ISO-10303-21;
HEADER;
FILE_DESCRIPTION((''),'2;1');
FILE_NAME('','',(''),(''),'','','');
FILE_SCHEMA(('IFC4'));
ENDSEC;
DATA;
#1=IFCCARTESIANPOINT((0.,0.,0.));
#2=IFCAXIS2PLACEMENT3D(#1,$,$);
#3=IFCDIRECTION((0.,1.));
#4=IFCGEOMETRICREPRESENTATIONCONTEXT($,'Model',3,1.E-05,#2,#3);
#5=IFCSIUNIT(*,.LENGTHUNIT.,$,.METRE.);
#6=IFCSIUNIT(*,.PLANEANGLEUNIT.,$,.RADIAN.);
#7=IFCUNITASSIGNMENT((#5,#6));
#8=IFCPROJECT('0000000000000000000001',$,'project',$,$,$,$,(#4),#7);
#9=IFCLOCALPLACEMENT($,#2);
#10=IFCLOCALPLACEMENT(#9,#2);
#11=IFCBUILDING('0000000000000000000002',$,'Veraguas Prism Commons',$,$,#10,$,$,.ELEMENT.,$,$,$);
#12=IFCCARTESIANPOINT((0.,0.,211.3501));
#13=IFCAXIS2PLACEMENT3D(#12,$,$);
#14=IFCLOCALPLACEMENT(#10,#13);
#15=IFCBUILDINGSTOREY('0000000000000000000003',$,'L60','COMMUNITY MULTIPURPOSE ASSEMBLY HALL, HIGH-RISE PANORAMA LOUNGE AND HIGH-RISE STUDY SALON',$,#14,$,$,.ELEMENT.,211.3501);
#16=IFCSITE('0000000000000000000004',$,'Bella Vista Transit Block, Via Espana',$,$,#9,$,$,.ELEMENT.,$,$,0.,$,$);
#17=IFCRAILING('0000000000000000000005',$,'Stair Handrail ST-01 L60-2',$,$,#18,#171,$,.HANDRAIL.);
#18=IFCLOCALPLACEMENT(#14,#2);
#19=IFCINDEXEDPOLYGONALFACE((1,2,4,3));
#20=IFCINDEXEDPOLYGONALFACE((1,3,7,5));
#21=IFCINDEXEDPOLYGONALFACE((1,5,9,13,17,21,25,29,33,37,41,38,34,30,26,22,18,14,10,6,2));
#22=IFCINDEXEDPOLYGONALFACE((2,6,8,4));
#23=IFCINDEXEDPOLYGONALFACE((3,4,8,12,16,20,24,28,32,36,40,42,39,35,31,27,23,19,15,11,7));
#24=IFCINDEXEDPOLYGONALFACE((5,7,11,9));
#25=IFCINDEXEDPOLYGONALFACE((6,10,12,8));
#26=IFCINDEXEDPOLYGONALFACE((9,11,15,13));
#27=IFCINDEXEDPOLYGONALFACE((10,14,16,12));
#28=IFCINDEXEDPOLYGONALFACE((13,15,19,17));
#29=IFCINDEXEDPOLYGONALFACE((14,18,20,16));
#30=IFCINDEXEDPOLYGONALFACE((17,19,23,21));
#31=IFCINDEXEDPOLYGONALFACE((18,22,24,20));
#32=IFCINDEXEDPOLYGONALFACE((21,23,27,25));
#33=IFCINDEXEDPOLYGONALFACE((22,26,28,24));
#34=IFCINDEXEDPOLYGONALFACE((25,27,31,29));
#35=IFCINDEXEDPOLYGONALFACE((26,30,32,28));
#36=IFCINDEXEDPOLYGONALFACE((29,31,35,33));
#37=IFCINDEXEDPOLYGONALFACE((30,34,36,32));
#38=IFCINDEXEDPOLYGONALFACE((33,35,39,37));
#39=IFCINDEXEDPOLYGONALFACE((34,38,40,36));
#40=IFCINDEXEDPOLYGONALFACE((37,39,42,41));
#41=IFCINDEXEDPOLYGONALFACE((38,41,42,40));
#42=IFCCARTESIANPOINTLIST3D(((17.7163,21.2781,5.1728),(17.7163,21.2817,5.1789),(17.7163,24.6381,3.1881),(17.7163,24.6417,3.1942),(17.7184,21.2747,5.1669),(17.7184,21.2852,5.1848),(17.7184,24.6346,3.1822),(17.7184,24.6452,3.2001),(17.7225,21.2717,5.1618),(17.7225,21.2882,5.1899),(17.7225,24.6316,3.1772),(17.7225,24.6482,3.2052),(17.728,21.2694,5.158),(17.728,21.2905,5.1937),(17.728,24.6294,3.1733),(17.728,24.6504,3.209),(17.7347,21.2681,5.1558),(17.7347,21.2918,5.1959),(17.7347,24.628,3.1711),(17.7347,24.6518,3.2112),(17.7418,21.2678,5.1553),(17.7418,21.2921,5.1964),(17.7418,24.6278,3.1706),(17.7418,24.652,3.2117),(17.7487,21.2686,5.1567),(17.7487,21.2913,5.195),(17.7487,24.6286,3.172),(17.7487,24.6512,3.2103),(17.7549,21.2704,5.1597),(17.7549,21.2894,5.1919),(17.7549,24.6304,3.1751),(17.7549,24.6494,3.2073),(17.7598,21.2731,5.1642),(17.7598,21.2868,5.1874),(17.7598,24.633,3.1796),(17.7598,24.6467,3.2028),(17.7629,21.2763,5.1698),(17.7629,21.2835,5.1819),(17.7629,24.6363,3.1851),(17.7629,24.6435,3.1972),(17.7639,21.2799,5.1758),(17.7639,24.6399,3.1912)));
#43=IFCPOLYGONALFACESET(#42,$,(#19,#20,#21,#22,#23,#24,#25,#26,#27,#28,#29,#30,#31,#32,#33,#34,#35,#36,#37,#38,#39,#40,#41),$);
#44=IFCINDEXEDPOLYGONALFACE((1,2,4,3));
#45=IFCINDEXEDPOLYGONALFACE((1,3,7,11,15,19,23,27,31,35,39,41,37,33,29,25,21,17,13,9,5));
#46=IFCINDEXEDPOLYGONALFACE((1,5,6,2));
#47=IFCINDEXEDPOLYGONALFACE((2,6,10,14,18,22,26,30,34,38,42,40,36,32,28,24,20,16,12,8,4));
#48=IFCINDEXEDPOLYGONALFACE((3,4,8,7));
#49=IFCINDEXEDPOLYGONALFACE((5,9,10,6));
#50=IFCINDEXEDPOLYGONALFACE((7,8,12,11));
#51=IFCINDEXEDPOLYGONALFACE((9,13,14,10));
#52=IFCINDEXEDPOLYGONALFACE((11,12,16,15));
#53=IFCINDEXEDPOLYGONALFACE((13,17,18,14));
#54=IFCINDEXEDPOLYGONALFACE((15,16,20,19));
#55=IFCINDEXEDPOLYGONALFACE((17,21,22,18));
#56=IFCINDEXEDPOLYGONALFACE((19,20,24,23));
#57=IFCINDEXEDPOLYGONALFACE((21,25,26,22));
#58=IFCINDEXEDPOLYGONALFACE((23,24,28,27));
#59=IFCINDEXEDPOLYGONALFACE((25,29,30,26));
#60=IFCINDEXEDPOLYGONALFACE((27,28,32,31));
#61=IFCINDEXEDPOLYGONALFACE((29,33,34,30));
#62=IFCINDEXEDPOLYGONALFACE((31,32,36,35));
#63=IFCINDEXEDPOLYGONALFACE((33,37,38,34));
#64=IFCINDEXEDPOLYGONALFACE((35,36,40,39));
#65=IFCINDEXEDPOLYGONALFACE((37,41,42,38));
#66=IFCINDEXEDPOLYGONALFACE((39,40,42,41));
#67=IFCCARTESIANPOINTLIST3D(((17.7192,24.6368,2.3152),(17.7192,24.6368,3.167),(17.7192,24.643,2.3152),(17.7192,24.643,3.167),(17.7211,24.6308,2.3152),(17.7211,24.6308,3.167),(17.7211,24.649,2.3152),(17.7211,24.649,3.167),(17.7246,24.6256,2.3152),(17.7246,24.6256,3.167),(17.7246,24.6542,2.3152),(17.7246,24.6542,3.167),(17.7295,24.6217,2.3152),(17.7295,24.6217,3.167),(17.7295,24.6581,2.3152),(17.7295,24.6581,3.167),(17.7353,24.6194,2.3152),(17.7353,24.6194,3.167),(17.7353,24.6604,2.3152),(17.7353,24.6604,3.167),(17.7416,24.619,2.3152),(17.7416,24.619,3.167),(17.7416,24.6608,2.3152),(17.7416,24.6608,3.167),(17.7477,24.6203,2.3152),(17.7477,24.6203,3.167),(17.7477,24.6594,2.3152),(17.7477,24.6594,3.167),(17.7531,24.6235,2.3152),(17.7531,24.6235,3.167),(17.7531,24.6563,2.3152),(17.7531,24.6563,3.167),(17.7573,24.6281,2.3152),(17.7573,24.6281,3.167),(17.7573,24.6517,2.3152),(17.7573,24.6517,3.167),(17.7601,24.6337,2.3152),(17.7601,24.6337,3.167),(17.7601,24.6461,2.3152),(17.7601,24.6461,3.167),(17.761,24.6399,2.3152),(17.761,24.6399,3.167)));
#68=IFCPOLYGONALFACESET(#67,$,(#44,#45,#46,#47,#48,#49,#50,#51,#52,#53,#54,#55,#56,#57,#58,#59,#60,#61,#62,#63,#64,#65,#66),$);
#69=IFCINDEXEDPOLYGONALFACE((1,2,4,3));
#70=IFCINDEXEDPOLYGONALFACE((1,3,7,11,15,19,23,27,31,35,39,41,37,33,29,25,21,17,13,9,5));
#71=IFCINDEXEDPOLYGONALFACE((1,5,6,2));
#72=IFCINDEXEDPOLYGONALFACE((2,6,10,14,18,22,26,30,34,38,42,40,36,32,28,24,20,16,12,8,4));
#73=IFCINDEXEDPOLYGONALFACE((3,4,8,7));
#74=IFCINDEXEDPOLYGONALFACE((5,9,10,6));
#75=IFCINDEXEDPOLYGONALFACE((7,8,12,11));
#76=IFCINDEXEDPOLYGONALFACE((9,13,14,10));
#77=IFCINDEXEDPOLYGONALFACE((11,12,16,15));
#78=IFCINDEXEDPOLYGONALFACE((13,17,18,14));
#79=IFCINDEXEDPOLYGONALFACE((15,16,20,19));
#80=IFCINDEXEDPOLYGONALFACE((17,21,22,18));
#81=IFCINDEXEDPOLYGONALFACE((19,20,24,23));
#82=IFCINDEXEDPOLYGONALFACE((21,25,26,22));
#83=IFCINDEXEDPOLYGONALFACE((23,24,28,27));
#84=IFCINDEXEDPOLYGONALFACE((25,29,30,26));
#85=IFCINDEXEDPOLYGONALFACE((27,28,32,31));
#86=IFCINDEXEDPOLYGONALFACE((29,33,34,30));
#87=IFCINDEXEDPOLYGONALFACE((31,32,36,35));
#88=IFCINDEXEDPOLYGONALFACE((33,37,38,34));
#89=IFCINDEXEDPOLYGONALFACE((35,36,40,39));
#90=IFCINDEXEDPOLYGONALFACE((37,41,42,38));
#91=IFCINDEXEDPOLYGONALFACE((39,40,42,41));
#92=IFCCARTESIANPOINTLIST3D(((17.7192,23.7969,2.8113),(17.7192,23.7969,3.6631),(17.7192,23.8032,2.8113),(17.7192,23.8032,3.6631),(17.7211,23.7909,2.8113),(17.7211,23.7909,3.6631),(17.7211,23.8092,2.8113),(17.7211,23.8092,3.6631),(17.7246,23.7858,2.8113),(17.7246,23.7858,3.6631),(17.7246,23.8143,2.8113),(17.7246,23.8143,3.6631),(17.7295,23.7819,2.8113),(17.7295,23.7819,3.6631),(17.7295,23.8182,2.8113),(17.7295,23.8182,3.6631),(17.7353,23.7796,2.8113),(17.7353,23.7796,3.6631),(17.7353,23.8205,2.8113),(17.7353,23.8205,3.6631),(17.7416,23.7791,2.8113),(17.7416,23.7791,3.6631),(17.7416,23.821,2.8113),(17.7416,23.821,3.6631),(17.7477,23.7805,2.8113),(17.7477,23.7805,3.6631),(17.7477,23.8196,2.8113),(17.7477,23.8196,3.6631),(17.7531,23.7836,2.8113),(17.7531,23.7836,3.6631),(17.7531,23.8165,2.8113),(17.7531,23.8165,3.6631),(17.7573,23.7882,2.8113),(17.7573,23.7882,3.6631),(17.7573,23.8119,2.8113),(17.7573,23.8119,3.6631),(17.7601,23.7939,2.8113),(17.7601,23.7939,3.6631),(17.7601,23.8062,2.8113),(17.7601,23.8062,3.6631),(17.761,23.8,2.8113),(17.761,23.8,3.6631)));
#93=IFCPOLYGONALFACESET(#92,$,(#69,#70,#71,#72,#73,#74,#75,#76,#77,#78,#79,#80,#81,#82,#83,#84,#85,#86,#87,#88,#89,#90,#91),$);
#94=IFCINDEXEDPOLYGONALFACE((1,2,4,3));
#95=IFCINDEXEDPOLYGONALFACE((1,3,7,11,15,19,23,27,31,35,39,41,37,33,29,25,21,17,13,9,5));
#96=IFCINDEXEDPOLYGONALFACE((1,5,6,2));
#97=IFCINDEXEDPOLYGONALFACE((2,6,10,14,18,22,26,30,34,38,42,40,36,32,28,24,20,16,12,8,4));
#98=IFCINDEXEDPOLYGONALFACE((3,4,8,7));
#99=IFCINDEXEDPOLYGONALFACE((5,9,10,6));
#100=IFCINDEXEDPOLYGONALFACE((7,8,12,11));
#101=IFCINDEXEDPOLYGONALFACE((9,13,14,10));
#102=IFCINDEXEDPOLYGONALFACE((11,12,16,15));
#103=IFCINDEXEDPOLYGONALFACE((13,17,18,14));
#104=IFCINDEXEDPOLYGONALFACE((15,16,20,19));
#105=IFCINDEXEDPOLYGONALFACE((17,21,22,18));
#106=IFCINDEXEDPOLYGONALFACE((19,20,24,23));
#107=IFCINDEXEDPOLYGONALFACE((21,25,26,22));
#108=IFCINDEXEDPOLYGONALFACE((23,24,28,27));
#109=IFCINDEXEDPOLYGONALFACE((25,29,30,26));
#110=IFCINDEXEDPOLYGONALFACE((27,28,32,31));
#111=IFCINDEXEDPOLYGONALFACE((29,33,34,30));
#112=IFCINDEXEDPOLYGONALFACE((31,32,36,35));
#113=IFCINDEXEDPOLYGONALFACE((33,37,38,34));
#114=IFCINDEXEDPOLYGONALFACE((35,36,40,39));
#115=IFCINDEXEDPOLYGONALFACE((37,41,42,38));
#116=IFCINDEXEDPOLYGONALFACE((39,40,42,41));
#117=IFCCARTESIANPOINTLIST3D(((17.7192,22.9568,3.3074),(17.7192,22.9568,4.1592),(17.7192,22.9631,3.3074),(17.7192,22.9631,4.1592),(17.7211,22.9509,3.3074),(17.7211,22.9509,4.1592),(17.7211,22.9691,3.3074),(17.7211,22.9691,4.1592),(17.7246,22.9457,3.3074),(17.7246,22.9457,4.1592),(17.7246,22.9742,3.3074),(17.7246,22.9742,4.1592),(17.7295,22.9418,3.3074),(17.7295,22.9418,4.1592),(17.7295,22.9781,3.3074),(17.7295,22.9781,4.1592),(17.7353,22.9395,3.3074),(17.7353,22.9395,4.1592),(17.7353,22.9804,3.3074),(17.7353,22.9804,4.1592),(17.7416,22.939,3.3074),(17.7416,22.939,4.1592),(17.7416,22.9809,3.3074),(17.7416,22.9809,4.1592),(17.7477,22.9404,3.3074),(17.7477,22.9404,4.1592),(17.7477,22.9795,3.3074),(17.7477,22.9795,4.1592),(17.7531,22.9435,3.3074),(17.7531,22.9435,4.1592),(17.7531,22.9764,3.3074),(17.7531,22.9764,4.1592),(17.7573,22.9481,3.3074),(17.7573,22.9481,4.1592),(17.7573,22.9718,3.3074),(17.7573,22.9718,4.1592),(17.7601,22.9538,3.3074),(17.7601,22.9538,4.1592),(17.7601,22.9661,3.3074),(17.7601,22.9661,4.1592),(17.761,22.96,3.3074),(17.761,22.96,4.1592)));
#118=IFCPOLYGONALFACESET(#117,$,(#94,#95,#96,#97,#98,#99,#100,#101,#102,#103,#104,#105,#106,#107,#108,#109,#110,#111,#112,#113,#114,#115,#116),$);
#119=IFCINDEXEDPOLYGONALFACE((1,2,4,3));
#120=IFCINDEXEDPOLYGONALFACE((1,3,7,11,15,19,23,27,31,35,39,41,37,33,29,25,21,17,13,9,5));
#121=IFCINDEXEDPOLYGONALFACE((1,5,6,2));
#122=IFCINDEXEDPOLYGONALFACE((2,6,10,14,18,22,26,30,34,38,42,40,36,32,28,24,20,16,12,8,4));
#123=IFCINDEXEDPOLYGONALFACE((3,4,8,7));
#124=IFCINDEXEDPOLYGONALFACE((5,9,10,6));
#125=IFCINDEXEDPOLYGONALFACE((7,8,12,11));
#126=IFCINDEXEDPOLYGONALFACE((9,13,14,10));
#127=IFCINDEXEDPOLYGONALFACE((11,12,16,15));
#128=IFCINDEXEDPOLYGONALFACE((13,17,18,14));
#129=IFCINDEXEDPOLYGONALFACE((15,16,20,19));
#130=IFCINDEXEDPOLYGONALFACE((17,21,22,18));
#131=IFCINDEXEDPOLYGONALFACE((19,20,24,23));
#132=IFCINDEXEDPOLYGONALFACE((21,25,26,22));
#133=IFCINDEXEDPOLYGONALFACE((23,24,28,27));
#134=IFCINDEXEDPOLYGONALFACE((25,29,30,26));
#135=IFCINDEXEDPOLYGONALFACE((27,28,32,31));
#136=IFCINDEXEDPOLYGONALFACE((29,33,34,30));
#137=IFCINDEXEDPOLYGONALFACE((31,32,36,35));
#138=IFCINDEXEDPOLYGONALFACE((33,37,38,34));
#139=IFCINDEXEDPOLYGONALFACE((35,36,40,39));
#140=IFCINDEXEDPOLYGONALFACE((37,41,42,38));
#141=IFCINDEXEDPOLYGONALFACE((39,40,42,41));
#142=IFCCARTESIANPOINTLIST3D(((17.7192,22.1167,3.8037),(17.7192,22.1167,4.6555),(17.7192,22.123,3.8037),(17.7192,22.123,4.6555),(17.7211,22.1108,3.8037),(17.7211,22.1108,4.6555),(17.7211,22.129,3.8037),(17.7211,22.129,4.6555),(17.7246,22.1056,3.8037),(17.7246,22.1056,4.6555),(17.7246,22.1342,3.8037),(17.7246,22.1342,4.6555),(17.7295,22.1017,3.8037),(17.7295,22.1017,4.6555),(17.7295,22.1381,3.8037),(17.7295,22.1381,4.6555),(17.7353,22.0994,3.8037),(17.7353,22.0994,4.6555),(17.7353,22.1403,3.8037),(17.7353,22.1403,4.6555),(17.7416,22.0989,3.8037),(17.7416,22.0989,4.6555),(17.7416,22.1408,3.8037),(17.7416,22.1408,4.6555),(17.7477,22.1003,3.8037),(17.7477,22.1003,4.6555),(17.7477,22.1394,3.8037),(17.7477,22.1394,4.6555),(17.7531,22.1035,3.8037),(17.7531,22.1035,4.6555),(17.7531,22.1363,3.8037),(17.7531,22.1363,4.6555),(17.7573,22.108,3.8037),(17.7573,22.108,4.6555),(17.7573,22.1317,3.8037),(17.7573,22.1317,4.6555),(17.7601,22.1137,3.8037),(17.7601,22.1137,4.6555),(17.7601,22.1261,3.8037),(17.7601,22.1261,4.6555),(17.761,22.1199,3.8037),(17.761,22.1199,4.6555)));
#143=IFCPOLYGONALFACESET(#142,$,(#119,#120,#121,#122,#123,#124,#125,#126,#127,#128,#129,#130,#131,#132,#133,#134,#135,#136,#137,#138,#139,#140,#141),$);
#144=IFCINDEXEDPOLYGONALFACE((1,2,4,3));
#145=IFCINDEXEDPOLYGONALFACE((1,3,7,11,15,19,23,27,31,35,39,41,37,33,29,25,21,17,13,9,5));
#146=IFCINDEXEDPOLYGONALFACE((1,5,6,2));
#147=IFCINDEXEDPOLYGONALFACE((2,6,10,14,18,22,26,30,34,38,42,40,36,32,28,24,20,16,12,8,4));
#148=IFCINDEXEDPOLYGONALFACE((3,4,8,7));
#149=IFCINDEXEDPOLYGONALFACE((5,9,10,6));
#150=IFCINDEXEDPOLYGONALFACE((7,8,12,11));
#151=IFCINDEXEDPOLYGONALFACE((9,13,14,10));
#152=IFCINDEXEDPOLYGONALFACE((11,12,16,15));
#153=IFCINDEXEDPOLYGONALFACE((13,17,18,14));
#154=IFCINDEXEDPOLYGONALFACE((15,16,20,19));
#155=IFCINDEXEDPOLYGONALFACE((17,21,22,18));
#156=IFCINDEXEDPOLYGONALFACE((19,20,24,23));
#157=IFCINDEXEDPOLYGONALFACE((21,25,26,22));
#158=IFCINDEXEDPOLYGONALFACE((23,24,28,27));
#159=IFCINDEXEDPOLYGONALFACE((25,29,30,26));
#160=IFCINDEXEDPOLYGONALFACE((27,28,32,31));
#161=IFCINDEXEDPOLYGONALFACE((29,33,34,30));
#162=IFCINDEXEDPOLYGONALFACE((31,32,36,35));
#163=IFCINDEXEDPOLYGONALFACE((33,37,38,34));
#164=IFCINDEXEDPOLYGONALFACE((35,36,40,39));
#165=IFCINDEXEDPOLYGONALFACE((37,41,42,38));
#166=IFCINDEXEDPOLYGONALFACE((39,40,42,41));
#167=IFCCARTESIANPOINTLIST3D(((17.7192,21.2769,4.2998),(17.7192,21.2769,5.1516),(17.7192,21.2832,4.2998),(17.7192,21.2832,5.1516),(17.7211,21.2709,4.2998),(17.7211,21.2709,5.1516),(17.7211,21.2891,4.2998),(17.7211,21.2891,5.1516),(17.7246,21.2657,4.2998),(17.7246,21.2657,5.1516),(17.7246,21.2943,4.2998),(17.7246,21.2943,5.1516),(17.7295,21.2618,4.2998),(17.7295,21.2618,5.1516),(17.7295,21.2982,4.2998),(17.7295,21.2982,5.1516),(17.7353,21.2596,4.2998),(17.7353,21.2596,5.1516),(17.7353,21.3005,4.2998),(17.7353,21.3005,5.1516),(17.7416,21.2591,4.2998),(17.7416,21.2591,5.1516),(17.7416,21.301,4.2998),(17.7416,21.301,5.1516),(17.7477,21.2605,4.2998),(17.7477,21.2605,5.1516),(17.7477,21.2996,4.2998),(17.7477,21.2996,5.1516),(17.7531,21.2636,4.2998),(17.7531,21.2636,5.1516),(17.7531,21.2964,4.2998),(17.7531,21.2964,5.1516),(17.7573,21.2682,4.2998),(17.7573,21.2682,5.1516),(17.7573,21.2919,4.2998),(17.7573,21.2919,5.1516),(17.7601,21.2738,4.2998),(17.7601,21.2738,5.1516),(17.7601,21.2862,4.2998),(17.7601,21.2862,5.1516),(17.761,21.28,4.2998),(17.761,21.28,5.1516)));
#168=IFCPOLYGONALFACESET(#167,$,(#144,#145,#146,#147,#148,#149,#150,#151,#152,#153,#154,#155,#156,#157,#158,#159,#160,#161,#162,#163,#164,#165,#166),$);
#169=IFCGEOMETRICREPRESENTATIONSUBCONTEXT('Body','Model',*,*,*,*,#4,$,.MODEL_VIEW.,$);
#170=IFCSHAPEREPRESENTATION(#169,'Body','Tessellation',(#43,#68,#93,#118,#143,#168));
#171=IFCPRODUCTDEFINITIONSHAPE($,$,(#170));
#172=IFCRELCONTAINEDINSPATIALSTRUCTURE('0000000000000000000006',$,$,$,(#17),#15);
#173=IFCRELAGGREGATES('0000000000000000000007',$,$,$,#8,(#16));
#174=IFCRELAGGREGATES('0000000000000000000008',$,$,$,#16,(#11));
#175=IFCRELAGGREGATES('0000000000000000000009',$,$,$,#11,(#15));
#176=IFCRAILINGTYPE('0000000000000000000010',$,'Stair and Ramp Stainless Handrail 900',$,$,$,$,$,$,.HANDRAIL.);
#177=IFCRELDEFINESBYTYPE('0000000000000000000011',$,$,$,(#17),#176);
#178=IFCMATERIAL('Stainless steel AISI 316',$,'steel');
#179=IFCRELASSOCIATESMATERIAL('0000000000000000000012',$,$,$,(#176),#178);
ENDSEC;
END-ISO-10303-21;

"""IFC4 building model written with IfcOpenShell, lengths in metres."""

from ifc_helpers import new_model, si_unit, direction, frame, origin, origin_2d, place, context, subcontext, project, spatial, circle, extrude, material, type_object, element, save


model = new_model("IFC4")

# Units and contexts
model_context = context("Model", 3, precision=1e-05, world=origin(), true_north=direction((0.0, 1.0)))
body_context = subcontext(model_context, "Body", "Model", "MODEL_VIEW")
ifc_project = project(units=[si_unit("LENGTHUNIT", "METRE"), si_unit("PLANEANGLEUNIT", "RADIAN")], contexts=[model_context])

# Site, building, storey
site_placement = place(None, origin())
site = spatial("IfcSite", under=ifc_project, at=site_placement, Name="Bella Vista Transit Block, Via Espana", CompositionType="ELEMENT", RefElevation=0.0)
building_placement = place(site_placement, origin())
building = spatial("IfcBuilding", under=site, at=building_placement, Name="Veraguas Prism Commons", CompositionType="ELEMENT")
storey_placement = place(building_placement, frame((0.0, 0.0, 211.3501)))
storey = spatial("IfcBuildingStorey", under=building, at=storey_placement, Name="L60", Description="COMMUNITY MULTIPURPOSE ASSEMBLY HALL, HIGH-RISE PANORAMA LOUNGE AND HIGH-RISE STUDY SALON", CompositionType="ELEMENT", Elevation=211.3501)

# Shared definitions
ifc_material_1 = material(Name="Stainless steel AISI 316", Category="steel")

# Railing
railing_type_1 = type_object("IfcRailingType", Name="Stair and Ramp Stainless Handrail 900", PredefinedType="HANDRAIL", material=ifc_material_1)
railing_1_placement = place(storey_placement, frame((17.74, 24.6399, 2.3152)))
element("IfcRailing", 1, at=railing_1_placement, inside=storey, type_object=railing_type_1, Name="Stair Handrail ST-01 L60-2", PredefinedType="HANDRAIL", context=body_context, shape_type="SweptSolid", body=[
    extrude(circle(Radius=0.0239, at=origin_2d()), frame((0.0, 0.0, 0.876), z_axis=(0.0, -0.861011, 0.508586), x_axis=(1.0, 0.0, 0.0)), (0.0, 0.0, 1.0), 3.9023),
    extrude(circle(Radius=0.021, at=origin_2d()), origin(), (0.0, 0.0, 1.0), 0.8518),
    extrude(circle(Radius=0.021, at=origin_2d()), frame((0.0, -0.8398, 0.4961)), (0.0, 0.0, 1.0), 0.8518),
    extrude(circle(Radius=0.021, at=origin_2d()), frame((0.0, -1.6799, 0.9922)), (0.0, 0.0, 1.0), 0.8518),
    extrude(circle(Radius=0.021, at=origin_2d()), frame((0.0, -2.52, 1.4885)), (0.0, 0.0, 1.0), 0.8518),
    extrude(circle(Radius=0.021, at=origin_2d()), frame((0.0, -3.3599, 1.9846)), (0.0, 0.0, 1.0), 0.8518),
])

save(model, "model.ifc")
